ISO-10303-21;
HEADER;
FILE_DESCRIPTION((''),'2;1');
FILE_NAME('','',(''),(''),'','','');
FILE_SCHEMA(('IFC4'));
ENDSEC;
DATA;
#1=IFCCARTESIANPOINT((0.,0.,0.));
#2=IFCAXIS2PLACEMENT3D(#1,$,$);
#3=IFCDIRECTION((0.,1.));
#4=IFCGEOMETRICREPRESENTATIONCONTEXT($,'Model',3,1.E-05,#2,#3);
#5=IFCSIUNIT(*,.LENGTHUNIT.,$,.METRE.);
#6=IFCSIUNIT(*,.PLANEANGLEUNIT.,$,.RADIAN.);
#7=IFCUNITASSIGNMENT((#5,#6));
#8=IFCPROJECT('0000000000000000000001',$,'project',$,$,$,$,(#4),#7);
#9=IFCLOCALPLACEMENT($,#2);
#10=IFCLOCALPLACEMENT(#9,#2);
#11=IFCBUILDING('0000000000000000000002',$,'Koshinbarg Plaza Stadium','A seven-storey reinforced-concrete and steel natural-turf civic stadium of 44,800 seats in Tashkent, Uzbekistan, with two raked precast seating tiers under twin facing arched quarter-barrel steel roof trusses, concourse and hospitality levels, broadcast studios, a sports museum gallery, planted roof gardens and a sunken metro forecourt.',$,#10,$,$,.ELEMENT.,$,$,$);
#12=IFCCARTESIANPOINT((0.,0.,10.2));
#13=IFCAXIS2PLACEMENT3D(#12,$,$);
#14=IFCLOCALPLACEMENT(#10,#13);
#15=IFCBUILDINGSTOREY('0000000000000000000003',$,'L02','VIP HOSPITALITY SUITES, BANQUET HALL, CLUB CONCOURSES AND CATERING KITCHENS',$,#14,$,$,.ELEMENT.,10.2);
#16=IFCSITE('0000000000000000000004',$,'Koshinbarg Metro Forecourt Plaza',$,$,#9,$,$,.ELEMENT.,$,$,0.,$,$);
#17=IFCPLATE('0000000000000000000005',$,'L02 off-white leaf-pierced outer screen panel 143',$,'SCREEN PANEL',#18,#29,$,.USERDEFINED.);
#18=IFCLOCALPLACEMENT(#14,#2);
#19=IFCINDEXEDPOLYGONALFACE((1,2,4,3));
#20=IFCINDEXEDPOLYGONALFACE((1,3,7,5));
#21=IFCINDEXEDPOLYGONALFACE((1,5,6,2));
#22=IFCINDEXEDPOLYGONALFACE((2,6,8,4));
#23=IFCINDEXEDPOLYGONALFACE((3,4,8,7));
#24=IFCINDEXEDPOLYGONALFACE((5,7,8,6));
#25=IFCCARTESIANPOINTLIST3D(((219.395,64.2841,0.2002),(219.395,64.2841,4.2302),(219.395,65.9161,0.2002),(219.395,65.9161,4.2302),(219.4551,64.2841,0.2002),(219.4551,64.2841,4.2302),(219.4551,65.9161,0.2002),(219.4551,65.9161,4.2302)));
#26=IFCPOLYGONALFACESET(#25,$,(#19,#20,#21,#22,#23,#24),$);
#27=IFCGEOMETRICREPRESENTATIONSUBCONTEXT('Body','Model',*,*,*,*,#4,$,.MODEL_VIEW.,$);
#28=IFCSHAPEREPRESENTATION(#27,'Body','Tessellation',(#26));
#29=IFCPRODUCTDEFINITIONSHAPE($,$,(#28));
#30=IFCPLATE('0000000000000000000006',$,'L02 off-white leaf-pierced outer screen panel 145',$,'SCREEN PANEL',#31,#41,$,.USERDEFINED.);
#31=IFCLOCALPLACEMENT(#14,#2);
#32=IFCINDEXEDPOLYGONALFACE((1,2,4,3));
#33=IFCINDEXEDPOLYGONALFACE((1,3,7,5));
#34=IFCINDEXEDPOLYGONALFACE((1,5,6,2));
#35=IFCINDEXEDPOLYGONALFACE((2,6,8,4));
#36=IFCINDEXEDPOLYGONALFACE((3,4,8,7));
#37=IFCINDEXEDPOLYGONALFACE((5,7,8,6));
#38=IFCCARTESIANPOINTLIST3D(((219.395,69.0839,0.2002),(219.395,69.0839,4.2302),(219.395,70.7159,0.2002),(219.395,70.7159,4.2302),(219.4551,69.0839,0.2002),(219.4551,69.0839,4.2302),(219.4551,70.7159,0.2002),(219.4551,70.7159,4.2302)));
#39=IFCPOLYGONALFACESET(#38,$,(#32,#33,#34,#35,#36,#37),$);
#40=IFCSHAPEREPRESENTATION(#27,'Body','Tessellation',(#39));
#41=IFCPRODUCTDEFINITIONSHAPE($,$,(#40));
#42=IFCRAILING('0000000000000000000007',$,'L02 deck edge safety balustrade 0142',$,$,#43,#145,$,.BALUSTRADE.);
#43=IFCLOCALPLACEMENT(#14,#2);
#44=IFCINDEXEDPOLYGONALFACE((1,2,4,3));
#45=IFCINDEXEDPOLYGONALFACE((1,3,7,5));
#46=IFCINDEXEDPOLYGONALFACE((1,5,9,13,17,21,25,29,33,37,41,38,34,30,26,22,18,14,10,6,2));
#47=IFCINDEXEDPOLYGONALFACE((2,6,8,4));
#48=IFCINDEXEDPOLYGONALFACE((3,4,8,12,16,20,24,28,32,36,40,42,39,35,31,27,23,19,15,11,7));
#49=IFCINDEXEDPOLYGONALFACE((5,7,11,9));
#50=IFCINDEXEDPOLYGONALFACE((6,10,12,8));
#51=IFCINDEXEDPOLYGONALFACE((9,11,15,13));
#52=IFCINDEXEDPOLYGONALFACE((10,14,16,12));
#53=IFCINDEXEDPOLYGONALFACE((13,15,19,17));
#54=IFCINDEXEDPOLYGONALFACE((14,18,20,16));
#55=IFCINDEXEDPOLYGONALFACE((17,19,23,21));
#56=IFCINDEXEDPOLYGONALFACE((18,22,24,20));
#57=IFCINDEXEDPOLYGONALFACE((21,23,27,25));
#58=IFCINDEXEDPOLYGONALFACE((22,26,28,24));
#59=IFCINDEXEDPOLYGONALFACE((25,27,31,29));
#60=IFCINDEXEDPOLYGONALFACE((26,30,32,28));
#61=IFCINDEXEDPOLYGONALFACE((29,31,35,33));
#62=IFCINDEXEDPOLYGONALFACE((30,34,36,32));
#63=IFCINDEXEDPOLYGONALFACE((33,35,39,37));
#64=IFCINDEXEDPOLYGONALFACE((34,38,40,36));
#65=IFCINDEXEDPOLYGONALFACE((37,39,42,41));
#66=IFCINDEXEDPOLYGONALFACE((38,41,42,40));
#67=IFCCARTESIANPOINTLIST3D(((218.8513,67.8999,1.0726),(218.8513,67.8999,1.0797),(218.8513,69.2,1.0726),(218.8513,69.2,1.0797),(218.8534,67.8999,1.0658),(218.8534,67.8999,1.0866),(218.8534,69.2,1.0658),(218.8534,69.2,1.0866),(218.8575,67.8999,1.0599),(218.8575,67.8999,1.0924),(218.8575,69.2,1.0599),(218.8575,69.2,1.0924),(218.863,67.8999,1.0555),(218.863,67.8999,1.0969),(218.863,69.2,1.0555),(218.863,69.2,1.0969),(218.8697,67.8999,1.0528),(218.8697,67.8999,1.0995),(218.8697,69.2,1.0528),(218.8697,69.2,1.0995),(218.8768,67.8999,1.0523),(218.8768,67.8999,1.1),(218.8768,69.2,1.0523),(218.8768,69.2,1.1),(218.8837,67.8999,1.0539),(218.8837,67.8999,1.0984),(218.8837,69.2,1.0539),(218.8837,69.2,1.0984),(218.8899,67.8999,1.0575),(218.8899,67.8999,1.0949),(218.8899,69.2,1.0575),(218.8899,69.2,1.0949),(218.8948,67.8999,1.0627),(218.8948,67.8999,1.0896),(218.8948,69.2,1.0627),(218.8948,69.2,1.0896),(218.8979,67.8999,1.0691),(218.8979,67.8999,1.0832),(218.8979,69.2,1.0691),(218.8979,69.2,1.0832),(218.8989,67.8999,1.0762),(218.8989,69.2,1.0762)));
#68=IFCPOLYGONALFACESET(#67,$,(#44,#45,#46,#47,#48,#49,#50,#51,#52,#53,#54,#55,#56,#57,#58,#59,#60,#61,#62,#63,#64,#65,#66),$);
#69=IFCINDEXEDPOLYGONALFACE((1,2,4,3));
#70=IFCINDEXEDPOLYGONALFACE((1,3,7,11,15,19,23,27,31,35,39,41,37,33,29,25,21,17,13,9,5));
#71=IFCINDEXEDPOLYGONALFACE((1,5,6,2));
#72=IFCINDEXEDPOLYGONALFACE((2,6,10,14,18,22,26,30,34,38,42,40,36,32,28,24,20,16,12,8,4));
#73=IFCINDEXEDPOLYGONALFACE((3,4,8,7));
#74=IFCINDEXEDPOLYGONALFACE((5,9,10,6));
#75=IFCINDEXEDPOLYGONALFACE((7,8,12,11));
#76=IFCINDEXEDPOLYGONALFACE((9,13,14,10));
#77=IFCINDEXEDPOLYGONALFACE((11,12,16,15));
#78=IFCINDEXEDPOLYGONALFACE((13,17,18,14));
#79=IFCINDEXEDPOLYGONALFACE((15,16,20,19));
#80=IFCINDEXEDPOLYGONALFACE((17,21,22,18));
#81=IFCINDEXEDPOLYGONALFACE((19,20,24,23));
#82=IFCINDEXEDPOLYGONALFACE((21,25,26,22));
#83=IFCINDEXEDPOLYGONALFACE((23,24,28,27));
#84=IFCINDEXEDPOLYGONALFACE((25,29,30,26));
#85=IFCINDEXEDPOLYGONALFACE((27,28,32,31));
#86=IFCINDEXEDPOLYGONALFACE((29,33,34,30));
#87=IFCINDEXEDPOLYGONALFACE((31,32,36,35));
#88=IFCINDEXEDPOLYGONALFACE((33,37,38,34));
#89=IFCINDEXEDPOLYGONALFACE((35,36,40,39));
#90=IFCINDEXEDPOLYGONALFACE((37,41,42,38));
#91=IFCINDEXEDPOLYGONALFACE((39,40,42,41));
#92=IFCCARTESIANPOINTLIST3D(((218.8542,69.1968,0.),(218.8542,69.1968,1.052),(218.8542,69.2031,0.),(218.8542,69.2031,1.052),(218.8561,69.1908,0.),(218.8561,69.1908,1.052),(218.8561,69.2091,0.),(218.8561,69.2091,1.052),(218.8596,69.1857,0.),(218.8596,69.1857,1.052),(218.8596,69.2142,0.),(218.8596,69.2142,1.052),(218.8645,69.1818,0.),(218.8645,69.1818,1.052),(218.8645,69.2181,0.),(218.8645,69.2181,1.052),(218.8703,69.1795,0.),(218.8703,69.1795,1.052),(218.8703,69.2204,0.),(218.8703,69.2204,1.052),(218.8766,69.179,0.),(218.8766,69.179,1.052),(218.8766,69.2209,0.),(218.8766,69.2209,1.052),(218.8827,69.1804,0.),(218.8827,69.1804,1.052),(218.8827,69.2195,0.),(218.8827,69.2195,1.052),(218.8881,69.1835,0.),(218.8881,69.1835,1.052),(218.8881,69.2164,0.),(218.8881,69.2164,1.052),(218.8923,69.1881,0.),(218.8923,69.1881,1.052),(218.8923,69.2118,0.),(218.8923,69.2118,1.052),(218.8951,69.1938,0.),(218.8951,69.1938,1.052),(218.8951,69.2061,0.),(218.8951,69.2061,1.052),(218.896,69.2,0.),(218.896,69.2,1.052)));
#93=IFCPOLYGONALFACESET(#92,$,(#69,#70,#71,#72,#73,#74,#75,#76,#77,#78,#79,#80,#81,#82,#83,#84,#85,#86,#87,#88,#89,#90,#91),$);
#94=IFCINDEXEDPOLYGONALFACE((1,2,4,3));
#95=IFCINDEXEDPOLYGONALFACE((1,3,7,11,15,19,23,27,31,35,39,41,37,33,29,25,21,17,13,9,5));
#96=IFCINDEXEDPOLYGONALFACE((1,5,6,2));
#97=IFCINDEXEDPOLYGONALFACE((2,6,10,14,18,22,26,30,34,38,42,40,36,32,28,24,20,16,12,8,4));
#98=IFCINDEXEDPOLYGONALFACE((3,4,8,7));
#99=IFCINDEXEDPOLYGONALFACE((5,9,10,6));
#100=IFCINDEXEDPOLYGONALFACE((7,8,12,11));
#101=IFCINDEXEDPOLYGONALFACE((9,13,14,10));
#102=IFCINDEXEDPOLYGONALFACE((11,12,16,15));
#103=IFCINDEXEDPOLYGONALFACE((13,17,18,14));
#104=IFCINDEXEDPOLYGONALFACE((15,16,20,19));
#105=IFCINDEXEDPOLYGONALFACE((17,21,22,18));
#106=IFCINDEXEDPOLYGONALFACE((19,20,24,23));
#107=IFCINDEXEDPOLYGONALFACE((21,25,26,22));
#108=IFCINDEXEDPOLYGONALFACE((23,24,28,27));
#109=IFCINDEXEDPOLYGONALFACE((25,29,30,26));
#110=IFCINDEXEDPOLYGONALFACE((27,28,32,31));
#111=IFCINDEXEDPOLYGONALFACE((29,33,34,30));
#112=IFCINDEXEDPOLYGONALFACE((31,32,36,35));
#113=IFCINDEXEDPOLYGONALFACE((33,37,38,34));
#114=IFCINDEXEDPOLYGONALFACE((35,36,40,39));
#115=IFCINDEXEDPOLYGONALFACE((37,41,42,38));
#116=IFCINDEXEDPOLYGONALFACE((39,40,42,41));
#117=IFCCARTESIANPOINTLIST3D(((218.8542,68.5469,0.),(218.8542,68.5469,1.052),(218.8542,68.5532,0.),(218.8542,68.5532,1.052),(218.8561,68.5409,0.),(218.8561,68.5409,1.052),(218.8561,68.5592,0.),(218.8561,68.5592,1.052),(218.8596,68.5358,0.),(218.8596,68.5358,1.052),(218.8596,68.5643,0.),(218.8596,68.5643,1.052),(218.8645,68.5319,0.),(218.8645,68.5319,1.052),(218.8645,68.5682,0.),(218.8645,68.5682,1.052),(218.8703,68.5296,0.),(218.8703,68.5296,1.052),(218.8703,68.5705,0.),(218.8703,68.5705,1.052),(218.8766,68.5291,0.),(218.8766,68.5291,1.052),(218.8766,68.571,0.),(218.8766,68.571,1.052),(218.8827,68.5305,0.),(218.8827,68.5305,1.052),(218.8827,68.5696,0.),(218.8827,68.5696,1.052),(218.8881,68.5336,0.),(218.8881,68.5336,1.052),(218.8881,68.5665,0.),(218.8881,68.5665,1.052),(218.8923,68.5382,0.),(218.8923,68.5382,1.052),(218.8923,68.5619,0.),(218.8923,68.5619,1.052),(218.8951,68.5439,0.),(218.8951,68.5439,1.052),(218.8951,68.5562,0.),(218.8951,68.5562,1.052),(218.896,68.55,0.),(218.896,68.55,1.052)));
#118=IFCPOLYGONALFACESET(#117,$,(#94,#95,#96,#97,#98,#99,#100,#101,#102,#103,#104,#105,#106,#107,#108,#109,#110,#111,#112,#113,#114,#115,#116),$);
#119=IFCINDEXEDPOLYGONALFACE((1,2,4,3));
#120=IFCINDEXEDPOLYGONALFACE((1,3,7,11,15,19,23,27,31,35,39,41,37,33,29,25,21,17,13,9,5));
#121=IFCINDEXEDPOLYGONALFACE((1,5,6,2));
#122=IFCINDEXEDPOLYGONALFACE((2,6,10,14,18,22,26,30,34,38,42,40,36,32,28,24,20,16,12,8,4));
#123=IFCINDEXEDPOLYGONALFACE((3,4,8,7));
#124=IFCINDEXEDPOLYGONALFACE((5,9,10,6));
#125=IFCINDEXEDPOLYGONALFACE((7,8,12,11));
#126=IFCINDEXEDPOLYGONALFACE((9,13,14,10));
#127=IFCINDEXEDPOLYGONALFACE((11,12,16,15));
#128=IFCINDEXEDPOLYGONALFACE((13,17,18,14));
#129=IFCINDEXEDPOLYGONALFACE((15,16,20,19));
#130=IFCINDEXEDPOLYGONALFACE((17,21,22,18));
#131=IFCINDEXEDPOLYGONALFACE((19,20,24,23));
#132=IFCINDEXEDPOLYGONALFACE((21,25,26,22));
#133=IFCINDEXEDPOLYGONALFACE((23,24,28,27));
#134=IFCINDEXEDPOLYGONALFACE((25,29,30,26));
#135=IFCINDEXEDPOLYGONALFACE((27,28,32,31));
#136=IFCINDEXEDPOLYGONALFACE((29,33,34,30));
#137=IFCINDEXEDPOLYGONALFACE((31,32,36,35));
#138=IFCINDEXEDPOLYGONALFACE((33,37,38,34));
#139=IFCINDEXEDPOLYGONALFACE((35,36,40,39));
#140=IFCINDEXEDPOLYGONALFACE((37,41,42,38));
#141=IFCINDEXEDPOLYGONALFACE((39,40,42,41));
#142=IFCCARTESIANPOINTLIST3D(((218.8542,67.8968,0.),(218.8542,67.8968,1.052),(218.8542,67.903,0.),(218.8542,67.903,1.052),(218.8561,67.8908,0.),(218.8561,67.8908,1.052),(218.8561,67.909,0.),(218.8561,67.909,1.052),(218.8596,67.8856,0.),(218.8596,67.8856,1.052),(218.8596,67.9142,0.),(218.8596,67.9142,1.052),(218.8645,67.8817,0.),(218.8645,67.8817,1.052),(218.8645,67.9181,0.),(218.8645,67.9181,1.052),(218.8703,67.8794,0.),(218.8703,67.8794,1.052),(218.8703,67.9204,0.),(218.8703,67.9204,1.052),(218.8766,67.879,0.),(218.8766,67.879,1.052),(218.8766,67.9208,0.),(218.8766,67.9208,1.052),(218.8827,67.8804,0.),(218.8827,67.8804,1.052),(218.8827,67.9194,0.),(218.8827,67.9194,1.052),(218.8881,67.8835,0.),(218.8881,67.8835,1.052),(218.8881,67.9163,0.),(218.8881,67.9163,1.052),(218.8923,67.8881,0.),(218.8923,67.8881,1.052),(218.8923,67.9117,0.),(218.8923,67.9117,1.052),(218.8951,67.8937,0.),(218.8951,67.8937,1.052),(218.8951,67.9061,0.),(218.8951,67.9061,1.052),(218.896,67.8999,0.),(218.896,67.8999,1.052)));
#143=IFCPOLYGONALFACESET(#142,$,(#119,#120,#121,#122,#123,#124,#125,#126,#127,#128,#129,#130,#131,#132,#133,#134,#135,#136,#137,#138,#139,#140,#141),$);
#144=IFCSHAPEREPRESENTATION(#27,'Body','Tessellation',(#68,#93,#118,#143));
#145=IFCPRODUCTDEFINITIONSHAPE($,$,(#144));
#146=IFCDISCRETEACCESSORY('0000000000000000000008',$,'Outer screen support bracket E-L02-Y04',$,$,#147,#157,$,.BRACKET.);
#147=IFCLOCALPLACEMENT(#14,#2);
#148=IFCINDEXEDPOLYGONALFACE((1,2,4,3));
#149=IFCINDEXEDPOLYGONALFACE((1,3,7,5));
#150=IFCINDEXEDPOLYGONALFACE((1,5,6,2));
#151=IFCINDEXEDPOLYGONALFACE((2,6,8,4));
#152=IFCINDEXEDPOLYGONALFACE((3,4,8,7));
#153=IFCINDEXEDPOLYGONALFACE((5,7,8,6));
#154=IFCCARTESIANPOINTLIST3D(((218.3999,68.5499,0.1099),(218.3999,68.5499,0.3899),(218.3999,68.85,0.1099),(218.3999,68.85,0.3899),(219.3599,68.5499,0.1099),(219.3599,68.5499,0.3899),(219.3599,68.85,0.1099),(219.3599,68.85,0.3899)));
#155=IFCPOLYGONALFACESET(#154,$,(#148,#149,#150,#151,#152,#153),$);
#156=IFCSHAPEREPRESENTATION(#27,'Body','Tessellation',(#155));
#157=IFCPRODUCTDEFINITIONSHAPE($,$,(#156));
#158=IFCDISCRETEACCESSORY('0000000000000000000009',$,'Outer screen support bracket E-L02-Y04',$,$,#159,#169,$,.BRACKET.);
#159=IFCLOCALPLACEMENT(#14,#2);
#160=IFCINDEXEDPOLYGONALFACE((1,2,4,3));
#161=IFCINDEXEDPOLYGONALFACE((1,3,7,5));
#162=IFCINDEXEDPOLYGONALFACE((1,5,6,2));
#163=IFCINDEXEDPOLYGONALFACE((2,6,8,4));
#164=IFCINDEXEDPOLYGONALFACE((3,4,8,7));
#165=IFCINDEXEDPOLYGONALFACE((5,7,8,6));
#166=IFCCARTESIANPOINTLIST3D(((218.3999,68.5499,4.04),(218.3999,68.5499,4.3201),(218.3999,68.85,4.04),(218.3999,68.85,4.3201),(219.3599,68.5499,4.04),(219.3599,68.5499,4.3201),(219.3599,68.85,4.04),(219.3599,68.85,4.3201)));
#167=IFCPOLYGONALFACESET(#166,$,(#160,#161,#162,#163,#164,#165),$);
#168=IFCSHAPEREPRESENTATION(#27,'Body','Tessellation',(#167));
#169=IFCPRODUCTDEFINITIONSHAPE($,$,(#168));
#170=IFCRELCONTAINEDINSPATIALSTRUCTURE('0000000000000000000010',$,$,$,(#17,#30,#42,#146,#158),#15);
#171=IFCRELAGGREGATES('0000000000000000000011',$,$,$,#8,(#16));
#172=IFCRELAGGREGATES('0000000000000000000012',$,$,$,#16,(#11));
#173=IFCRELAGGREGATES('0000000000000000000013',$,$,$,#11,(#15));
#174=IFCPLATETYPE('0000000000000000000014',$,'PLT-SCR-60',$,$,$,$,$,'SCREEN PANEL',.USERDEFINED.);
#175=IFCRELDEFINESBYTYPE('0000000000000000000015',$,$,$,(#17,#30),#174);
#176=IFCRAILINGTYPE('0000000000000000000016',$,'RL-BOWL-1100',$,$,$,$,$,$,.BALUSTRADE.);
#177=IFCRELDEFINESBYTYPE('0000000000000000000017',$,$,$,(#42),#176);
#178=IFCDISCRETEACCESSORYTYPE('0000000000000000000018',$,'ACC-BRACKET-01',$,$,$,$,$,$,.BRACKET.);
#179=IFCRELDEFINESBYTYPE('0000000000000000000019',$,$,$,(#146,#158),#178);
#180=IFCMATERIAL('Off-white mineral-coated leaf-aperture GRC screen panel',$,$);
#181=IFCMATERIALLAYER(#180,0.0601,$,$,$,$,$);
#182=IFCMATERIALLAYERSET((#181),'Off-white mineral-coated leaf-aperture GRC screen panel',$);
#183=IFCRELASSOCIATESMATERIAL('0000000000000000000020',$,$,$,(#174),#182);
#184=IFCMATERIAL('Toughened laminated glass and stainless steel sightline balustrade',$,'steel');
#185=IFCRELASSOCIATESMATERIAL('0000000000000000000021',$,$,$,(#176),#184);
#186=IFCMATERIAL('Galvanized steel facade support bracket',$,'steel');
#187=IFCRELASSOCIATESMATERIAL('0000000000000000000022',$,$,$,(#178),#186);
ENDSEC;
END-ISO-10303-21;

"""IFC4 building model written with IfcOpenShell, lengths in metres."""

from ifc_helpers import new_model, si_unit, direction, frame, origin, origin_2d, place, context, subcontext, project, spatial, rectangle, circle, extrude, material, layer, layer_set, type_object, element, save


model = new_model("IFC4")

# Units and contexts
model_context = context("Model", 3, precision=1e-05, world=origin(), true_north=direction((0.0, 1.0)))
body_context = subcontext(model_context, "Body", "Model", "MODEL_VIEW")
ifc_project = project(units=[si_unit("LENGTHUNIT", "METRE"), si_unit("PLANEANGLEUNIT", "RADIAN")], contexts=[model_context])

# Site, building, storey
site_placement = place(None, origin())
site = spatial("IfcSite", under=ifc_project, at=site_placement, Name="Koshinbarg Metro Forecourt Plaza", CompositionType="ELEMENT", RefElevation=0.0)
building_placement = place(site_placement, origin())
building = spatial("IfcBuilding", under=site, at=building_placement, Name="Koshinbarg Plaza Stadium", Description="A seven-storey reinforced-concrete and steel natural-turf civic stadium of 44,800 seats in Tashkent, Uzbekistan, with two raked precast seating tiers under twin facing arched quarter-barrel steel roof trusses, concourse and hospitality levels, broadcast studios, a sports museum gallery, planted roof gardens and a sunken metro forecourt.", CompositionType="ELEMENT")
storey_placement = place(building_placement, frame((0.0, 0.0, 10.2)))
storey = spatial("IfcBuildingStorey", under=building, at=storey_placement, Name="L02", Description="VIP HOSPITALITY SUITES, BANQUET HALL, CLUB CONCOURSES AND CATERING KITCHENS", CompositionType="ELEMENT", Elevation=10.2)

# Plates
ifc_material_1 = material(Name="Off-white mineral-coated leaf-aperture GRC screen panel")
ifc_layer_1 = layer(ifc_material_1, 0.0601)
ifc_layer_set_1 = layer_set([ifc_layer_1], Name="Off-white mineral-coated leaf-aperture GRC screen panel")
plate_type_1 = type_object("IfcPlateType", Name="PLT-SCR-60", ElementType="SCREEN PANEL", PredefinedType="USERDEFINED", material=ifc_layer_set_1)
for number, where, z_axis, x_axis, name in (
    (1, (219.425, 65.1001, 0.2002), (0.0, 0.0, 1.0), (1.0, 0.0, 0.0), "L02 off-white leaf-pierced outer screen panel 143"),
    (2, (219.425, 69.8999, 0.2002), (0.0, 0.0, 1.0), (1.0, 0.0, 0.0), "L02 off-white leaf-pierced outer screen panel 145"),
):
    element("IfcPlate", number, at=place(storey_placement, frame(where, z_axis=z_axis, x_axis=x_axis)), inside=storey, type_object=plate_type_1, Name=name, ObjectType="SCREEN PANEL", PredefinedType="USERDEFINED", context=body_context, shape_type="SweptSolid", body=[
        extrude(rectangle(XDim=0.0601, YDim=1.6321, at=origin_2d()), origin(), (0.0, 0.0, 1.0), 4.03),
    ])

# Railing
ifc_material_2 = material(Name="Toughened laminated glass and stainless steel sightline balustrade", Category="steel")
railing_type = type_object("IfcRailingType", Name="RL-BOWL-1100", PredefinedType="BALUSTRADE", material=ifc_material_2)
railing_placement = place(storey_placement, frame((218.875, 69.2, 0.0)))
element("IfcRailing", 3, at=railing_placement, inside=storey, type_object=railing_type, Name="L02 deck edge safety balustrade 0142", PredefinedType="BALUSTRADE", context=body_context, shape_type="SweptSolid", body=[
    extrude(circle(Radius=0.0239, at=origin_2d()), frame((0.0, 0.0, 1.0762), z_axis=(0.0, -1.0, 0.0), x_axis=(1.0, 0.0, 0.0)), (0.0, 0.0, 1.0), 1.3),
    extrude(circle(Radius=0.021, at=origin_2d()), origin(), (0.0, 0.0, 1.0), 1.052),
    extrude(circle(Radius=0.021, at=origin_2d()), frame((0.0, -0.6499, 0.0)), (0.0, 0.0, 1.0), 1.052),
    extrude(circle(Radius=0.021, at=origin_2d()), frame((0.0, -1.3, 0.0)), (0.0, 0.0, 1.0), 1.052),
])

# Discrete accessories
ifc_material_3 = material(Name="Galvanized steel facade support bracket", Category="steel")
discrete_accessory_type = type_object("IfcDiscreteAccessoryType", Name="ACC-BRACKET-01", PredefinedType="BRACKET", material=ifc_material_3)
for number, where, z_axis, x_axis, name in (
    (4, (218.8799, 68.7, 0.1099), (0.0, 0.0, 1.0), (1.0, 0.0, 0.0), "Outer screen support bracket E-L02-Y04"),
    (5, (218.8799, 68.7, 4.04), (0.0, 0.0, 1.0), (1.0, 0.0, 0.0), "Outer screen support bracket E-L02-Y04"),
):
    element("IfcDiscreteAccessory", number, at=place(storey_placement, frame(where, z_axis=z_axis, x_axis=x_axis)), inside=storey, type_object=discrete_accessory_type, Name=name, PredefinedType="BRACKET", context=body_context, shape_type="SweptSolid", body=[
        extrude(rectangle(XDim=0.96, YDim=0.3, at=origin_2d()), origin(), (0.0, 0.0, 1.0), 0.28),
    ])

save(model, "model.ifc")
